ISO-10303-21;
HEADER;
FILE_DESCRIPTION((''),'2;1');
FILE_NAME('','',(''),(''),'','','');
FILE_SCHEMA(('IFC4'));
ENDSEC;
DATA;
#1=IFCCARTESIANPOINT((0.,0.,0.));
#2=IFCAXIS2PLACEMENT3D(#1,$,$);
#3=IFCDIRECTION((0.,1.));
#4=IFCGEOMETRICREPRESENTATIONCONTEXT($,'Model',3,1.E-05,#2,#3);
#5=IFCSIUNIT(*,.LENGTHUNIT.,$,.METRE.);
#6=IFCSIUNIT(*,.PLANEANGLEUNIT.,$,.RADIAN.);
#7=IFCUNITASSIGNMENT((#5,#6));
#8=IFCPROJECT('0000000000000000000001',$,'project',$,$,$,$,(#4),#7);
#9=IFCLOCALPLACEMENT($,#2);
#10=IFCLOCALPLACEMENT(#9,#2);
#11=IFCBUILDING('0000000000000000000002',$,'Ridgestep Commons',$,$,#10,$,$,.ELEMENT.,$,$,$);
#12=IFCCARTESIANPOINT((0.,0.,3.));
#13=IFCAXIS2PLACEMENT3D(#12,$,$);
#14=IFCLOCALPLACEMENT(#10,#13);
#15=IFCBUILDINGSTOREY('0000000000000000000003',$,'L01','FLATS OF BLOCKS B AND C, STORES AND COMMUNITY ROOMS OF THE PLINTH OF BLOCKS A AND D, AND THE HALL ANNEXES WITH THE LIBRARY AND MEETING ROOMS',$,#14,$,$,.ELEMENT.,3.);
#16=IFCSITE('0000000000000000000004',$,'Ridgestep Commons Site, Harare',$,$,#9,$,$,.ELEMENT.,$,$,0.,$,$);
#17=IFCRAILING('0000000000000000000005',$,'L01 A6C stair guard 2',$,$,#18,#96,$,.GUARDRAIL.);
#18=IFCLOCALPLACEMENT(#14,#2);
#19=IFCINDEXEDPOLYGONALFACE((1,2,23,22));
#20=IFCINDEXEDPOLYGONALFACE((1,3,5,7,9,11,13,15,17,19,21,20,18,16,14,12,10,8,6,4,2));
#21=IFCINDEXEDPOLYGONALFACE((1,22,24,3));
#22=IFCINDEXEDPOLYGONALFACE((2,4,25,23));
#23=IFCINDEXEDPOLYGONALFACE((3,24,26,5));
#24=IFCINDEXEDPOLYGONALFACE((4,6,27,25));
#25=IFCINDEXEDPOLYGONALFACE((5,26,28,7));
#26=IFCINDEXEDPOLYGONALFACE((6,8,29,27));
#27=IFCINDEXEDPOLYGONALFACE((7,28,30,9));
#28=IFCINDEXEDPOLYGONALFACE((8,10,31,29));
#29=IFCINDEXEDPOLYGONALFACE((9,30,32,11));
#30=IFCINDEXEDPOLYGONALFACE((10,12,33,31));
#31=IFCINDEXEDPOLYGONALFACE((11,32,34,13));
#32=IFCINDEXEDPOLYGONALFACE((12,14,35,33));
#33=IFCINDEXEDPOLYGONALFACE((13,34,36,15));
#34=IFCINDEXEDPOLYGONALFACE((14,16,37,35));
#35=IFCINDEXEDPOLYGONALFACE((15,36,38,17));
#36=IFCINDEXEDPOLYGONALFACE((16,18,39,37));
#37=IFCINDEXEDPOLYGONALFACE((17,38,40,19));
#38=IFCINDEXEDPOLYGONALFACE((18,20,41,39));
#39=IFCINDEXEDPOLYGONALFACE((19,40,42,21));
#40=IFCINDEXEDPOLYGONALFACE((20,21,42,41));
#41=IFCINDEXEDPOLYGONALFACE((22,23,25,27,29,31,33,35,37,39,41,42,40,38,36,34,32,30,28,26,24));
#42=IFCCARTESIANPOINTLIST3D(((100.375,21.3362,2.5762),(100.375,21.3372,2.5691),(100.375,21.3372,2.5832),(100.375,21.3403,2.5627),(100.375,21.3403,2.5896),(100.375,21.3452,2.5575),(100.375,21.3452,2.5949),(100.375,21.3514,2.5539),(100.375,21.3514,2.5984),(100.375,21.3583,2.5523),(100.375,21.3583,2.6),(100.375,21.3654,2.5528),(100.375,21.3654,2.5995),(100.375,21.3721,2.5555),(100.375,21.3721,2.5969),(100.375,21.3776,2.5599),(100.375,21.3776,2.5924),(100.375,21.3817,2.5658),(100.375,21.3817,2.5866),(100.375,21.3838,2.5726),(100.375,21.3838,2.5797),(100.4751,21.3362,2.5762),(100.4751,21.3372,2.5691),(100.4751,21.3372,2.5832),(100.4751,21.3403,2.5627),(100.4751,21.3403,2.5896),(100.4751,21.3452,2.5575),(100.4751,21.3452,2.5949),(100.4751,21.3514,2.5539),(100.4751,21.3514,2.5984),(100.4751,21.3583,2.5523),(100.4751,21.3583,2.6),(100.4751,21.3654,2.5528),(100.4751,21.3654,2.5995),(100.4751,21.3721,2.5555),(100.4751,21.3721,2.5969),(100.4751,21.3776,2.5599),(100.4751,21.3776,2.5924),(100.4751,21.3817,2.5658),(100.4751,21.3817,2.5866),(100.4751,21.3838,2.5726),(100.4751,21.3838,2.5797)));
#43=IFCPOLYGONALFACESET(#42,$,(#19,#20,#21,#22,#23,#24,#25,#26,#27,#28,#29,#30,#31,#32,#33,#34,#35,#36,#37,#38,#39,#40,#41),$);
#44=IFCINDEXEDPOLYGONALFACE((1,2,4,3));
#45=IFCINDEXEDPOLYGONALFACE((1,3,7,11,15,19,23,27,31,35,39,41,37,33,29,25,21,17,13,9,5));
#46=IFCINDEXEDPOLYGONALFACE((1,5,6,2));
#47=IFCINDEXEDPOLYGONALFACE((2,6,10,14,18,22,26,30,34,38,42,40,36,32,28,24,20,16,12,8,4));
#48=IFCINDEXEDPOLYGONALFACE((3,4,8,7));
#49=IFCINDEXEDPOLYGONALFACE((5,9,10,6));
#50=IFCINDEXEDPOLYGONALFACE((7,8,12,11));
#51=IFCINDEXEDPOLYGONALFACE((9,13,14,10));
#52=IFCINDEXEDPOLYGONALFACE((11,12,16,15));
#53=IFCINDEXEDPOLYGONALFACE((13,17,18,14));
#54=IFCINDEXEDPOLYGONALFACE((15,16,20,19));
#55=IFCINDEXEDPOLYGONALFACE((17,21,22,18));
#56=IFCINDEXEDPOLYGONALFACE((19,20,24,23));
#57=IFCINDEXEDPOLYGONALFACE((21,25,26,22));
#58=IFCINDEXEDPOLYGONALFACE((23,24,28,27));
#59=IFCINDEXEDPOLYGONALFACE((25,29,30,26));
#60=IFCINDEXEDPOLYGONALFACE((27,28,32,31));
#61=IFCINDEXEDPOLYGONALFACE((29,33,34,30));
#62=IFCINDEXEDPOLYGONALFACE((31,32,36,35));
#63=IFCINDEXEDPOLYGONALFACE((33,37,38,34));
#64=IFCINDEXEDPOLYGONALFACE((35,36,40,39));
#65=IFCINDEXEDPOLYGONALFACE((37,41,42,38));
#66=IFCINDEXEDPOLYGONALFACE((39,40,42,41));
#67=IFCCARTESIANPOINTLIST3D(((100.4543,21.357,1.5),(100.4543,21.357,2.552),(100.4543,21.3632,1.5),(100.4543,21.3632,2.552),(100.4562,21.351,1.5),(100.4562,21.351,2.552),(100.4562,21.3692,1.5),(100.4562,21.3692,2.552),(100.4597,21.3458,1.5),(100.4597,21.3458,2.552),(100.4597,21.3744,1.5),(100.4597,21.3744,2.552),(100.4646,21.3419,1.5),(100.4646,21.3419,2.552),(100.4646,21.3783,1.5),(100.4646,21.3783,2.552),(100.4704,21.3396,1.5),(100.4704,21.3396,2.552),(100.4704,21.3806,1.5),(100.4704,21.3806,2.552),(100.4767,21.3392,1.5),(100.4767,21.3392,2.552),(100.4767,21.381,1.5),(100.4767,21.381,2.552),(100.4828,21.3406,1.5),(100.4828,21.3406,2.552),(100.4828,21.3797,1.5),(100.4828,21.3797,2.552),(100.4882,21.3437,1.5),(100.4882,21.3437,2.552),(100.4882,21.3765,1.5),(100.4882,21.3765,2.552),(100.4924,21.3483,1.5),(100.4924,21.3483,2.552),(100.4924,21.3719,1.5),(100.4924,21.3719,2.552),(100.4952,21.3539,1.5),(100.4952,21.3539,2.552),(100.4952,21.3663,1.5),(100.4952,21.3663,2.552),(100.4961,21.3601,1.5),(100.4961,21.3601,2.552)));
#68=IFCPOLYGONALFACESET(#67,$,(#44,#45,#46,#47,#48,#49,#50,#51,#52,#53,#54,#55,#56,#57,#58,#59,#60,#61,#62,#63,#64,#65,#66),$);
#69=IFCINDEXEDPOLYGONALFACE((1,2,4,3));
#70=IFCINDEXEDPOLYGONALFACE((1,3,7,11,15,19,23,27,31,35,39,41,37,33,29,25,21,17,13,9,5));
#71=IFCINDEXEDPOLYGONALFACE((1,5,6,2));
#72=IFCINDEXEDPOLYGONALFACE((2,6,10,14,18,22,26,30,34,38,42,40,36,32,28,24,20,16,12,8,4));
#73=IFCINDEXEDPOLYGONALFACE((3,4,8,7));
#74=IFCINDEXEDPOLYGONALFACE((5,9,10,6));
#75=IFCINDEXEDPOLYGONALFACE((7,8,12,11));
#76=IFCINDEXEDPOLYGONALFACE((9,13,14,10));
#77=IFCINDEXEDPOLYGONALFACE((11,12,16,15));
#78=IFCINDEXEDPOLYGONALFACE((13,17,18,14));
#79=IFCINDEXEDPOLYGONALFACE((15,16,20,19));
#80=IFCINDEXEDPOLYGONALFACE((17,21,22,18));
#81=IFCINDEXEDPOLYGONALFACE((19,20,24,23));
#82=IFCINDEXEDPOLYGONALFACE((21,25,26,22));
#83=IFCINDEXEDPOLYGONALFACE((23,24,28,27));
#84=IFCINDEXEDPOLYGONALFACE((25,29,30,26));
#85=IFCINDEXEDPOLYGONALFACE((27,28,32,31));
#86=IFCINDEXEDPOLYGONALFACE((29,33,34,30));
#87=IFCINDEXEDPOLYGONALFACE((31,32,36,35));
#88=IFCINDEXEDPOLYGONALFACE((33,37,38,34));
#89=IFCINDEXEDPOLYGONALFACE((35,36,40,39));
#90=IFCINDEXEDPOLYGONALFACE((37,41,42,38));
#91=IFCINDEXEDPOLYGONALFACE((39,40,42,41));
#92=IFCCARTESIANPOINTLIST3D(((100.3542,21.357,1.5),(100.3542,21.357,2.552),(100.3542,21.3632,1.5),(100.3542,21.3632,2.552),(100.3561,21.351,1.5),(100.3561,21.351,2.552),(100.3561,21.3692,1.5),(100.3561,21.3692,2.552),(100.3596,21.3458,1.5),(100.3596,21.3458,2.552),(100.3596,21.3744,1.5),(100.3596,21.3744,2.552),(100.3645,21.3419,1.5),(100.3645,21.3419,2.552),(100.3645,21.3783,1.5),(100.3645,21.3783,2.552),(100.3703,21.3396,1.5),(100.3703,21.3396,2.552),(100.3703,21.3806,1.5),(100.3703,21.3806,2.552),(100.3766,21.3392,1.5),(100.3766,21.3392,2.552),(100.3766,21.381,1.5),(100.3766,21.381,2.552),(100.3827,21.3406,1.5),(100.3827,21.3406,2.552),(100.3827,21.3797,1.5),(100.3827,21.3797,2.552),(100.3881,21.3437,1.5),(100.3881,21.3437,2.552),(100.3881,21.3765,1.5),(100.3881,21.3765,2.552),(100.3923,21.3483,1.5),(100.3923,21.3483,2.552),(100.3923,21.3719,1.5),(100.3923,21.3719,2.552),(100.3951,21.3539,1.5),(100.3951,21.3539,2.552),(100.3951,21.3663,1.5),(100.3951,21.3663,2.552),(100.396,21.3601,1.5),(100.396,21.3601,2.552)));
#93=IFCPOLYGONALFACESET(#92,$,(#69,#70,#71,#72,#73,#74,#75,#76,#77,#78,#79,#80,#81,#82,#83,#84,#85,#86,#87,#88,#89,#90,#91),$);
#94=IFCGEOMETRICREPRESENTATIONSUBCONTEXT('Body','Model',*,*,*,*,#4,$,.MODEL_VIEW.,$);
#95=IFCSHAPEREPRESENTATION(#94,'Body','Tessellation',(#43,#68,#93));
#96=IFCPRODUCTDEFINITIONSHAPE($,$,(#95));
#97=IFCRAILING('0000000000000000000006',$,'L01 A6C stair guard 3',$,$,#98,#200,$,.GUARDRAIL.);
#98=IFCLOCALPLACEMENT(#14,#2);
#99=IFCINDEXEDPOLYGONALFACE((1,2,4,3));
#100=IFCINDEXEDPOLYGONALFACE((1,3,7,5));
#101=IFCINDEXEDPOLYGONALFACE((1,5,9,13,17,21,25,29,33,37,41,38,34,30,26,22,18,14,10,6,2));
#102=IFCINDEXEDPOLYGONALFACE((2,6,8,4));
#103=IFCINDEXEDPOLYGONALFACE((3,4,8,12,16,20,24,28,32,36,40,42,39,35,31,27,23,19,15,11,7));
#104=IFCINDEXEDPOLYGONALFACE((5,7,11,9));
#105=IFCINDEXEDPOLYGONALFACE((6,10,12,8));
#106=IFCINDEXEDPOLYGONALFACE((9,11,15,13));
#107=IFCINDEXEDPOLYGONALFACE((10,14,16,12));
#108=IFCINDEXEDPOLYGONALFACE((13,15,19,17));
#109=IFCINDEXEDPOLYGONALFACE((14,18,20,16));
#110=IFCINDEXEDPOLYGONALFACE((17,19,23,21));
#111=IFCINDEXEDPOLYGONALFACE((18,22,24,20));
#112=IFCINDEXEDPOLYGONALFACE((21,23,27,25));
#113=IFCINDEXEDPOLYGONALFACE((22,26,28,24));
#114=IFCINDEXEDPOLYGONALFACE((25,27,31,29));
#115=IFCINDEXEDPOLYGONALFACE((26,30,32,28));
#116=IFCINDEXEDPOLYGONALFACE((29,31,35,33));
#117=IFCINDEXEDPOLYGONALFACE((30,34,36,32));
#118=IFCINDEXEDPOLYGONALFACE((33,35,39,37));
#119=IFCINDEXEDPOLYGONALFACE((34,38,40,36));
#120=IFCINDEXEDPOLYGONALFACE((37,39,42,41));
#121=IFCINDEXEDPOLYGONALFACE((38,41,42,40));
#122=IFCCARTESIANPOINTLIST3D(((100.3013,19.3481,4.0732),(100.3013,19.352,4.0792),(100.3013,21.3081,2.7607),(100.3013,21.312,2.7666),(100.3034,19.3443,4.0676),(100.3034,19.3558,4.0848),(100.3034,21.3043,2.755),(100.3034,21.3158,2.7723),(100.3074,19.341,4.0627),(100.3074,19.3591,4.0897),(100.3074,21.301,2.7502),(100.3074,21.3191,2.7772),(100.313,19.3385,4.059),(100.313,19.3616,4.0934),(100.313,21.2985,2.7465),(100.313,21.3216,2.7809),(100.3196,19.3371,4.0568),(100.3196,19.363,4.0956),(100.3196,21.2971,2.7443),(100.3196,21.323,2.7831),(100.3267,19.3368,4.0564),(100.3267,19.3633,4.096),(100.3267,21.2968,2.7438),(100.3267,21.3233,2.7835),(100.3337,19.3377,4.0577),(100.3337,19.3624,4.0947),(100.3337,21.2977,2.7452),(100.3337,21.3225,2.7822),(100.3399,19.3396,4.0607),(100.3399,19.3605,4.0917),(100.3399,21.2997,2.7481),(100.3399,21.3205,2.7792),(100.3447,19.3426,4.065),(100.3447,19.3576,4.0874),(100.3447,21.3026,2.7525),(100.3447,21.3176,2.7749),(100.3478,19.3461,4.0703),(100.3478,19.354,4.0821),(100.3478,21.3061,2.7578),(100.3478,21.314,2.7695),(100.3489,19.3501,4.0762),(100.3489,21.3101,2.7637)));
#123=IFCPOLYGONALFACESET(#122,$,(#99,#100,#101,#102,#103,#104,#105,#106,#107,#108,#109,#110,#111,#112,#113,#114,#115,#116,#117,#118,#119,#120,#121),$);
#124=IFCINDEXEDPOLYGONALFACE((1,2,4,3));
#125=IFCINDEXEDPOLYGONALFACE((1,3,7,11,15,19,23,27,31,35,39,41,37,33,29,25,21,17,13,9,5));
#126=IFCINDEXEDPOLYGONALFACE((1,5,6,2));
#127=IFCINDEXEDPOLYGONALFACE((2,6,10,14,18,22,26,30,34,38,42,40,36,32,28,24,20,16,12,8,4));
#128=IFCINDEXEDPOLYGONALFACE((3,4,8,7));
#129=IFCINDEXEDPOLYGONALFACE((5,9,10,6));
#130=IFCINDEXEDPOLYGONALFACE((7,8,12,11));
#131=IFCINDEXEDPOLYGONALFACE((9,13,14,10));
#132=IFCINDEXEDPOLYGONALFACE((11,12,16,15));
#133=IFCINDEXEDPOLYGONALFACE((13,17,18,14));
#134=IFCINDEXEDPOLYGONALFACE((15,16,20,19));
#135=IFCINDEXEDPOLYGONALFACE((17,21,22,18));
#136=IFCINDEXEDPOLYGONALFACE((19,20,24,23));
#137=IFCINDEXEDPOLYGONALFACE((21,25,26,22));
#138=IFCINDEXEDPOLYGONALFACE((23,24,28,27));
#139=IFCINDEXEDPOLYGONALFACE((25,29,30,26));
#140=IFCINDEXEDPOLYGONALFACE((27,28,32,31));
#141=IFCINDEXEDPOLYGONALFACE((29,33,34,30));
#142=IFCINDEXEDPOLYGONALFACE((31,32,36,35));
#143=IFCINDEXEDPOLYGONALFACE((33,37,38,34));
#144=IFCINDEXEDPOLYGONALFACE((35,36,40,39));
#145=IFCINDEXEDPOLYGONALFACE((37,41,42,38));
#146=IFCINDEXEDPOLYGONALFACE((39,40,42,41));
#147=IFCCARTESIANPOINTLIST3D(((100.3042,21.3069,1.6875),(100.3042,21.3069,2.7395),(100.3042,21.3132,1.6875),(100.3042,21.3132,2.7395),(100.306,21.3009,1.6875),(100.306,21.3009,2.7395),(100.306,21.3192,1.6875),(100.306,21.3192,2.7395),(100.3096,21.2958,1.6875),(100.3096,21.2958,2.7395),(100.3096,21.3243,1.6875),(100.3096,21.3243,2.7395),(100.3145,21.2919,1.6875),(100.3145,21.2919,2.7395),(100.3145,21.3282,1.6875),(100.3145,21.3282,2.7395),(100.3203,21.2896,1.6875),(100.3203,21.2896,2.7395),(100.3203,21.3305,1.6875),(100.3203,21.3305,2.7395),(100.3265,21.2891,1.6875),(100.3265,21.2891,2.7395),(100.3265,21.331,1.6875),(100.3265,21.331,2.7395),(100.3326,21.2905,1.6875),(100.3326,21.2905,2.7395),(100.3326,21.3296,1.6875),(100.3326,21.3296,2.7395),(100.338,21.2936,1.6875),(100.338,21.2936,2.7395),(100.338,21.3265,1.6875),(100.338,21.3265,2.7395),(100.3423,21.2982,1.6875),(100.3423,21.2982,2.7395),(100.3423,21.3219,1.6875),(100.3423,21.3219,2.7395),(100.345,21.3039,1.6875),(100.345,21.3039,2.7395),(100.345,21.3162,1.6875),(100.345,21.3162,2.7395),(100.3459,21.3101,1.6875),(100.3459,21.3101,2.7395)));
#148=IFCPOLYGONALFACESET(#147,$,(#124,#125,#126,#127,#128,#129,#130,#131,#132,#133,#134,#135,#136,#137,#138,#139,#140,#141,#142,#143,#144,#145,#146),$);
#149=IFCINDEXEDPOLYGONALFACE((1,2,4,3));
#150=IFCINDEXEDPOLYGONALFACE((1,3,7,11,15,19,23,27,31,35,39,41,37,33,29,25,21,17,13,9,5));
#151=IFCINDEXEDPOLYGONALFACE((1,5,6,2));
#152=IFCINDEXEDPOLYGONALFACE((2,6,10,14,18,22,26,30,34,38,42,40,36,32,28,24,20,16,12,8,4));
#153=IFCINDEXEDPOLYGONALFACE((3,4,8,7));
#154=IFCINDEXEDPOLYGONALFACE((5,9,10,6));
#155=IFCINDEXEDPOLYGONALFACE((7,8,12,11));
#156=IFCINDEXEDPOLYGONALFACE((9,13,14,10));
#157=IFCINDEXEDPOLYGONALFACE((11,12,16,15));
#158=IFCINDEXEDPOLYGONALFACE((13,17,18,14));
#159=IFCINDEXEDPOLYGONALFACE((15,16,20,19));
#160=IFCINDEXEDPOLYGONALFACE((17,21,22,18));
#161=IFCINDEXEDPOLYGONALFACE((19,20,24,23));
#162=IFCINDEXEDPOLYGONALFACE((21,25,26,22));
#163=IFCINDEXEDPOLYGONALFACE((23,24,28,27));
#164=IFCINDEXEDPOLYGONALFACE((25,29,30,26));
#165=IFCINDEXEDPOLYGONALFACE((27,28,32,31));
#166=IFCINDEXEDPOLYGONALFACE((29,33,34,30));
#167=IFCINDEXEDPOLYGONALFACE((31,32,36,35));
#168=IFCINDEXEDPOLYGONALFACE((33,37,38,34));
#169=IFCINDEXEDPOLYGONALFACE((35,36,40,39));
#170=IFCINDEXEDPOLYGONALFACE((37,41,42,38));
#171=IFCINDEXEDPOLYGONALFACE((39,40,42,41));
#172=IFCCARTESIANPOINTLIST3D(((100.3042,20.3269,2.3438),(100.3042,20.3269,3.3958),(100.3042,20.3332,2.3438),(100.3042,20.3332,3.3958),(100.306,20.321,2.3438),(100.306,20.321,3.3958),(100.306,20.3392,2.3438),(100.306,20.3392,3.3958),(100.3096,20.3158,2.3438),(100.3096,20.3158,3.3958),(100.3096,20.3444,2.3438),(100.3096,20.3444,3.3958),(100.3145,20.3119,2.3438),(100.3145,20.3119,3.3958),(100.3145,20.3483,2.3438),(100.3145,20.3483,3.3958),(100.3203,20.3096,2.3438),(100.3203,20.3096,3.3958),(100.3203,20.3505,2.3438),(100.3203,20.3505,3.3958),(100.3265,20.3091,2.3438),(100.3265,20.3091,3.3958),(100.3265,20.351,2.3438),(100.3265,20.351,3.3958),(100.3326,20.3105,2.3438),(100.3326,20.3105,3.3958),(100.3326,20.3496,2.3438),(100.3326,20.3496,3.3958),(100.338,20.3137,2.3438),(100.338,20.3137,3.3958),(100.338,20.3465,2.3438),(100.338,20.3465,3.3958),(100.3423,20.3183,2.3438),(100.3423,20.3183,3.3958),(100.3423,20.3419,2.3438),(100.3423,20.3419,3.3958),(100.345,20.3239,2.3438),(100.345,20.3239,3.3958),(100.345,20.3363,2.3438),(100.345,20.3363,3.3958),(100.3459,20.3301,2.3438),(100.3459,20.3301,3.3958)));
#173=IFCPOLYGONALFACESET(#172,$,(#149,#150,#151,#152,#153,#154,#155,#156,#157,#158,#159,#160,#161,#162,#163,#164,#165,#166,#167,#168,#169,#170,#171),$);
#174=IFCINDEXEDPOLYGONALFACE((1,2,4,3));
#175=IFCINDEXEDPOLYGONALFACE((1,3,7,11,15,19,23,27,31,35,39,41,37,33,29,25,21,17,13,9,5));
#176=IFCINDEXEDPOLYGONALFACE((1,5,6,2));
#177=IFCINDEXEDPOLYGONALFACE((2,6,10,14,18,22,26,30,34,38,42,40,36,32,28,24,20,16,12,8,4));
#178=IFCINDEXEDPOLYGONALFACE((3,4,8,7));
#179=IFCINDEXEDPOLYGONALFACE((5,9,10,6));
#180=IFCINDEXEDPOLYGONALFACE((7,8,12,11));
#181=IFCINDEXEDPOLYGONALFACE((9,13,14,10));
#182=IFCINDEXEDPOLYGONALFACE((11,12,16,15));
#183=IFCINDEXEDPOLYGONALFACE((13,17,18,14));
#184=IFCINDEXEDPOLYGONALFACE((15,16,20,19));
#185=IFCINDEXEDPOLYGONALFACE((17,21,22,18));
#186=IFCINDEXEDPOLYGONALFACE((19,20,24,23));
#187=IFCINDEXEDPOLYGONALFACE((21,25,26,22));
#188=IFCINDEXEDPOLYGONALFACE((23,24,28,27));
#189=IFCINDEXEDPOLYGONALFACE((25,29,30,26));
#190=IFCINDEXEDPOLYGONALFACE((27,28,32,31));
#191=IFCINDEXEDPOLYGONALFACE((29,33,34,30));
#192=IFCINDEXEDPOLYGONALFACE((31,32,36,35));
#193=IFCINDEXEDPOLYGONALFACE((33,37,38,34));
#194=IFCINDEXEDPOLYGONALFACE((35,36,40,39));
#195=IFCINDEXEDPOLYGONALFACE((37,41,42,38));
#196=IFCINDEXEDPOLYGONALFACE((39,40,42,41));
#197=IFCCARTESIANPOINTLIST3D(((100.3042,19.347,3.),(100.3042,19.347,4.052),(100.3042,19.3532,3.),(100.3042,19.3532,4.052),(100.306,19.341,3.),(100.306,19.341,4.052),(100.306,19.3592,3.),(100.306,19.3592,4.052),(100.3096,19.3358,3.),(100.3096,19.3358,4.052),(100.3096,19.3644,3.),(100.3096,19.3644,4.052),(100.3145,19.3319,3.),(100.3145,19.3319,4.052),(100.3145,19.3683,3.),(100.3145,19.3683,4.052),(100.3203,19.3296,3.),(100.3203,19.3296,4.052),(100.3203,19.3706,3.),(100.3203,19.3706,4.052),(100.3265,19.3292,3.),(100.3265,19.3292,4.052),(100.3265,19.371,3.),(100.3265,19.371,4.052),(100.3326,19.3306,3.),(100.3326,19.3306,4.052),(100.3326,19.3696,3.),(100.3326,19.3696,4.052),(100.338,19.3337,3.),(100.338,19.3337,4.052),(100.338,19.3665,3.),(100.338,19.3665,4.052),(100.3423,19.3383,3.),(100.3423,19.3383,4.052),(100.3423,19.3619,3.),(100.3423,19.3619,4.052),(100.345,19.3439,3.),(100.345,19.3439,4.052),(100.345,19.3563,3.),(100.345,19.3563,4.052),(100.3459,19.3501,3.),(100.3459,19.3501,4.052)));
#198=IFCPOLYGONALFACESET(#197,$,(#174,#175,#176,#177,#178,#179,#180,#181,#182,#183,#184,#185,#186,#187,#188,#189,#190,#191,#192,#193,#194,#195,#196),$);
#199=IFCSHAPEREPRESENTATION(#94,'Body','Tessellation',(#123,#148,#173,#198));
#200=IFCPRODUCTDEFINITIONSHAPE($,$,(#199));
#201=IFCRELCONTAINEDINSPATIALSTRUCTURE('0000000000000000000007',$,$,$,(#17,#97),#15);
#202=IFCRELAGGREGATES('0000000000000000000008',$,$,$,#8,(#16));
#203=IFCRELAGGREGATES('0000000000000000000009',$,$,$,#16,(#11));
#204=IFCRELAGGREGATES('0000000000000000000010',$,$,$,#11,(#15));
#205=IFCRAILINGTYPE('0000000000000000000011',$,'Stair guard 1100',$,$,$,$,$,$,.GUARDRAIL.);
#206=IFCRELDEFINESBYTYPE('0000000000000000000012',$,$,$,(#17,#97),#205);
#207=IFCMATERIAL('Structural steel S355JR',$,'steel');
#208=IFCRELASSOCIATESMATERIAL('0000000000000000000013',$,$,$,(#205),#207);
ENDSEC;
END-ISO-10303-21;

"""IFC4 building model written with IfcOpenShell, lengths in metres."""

from ifc_helpers import new_model, si_unit, direction, frame, origin, origin_2d, place, context, subcontext, project, spatial, circle, extrude, material, type_object, element, save


model = new_model("IFC4")

# Units and contexts
model_context = context("Model", 3, precision=1e-05, world=origin(), true_north=direction((0.0, 1.0)))
body_context = subcontext(model_context, "Body", "Model", "MODEL_VIEW")
ifc_project = project(units=[si_unit("LENGTHUNIT", "METRE"), si_unit("PLANEANGLEUNIT", "RADIAN")], contexts=[model_context])

# Site, building, storey
site_placement = place(None, origin())
site = spatial("IfcSite", under=ifc_project, at=site_placement, Name="Ridgestep Commons Site, Harare", CompositionType="ELEMENT", RefElevation=0.0)
building_placement = place(site_placement, origin())
building = spatial("IfcBuilding", under=site, at=building_placement, Name="Ridgestep Commons", CompositionType="ELEMENT")
storey_placement = place(building_placement, frame((0.0, 0.0, 3.0)))
storey = spatial("IfcBuildingStorey", under=building, at=storey_placement, Name="L01", Description="FLATS OF BLOCKS B AND C, STORES AND COMMUNITY ROOMS OF THE PLINTH OF BLOCKS A AND D, AND THE HALL ANNEXES WITH THE LIBRARY AND MEETING ROOMS", CompositionType="ELEMENT", Elevation=3.0)

# Railings
ifc_material_1 = material(Name="Structural steel S355JR", Category="steel")
railing_type = type_object("IfcRailingType", Name="Stair guard 1100", PredefinedType="GUARDRAIL", material=ifc_material_1)
for number, where, name in (
    (1, (100.4751, 21.3601, 1.5), "L01 A6C stair guard 2"),
):
    element("IfcRailing", number, at=place(storey_placement, frame(where)), inside=storey, type_object=railing_type, Name=name, PredefinedType="GUARDRAIL", context=body_context, shape_type="SweptSolid", body=[
        extrude(circle(Radius=0.0239, at=origin_2d()), frame((0.0, 0.0, 1.0762), z_axis=(-1.0, 0.0, 0.0), x_axis=(0.0, -1.0, 0.0)), (0.0, 0.0, 1.0), 0.1001),
        extrude(circle(Radius=0.021, at=origin_2d()), origin(), (0.0, 0.0, 1.0), 1.052),
        extrude(circle(Radius=0.021, at=origin_2d()), frame((-0.1001, 0.0, 0.0)), (0.0, 0.0, 1.0), 1.052),
    ])
railing_placement = place(storey_placement, frame((100.325, 21.3101, 1.6875)))
element("IfcRailing", 2, at=railing_placement, inside=storey, type_object=railing_type, Name="L01 A6C stair guard 3", PredefinedType="GUARDRAIL", context=body_context, shape_type="SweptSolid", body=[
    extrude(circle(Radius=0.0239, at=origin_2d()), frame((0.0, 0.0, 1.0762), z_axis=(0.0, -0.830902, 0.556419), x_axis=(1.0, 0.0, 0.0)), (0.0, 0.0, 1.0), 2.3589),
    extrude(circle(Radius=0.021, at=origin_2d()), origin(), (0.0, 0.0, 1.0), 1.052),
    extrude(circle(Radius=0.021, at=origin_2d()), frame((0.0, -0.98, 0.6562)), (0.0, 0.0, 1.0), 1.052),
    extrude(circle(Radius=0.021, at=origin_2d()), frame((0.0, -1.96, 1.3125)), (0.0, 0.0, 1.0), 1.052),
])

save(model, "model.ifc")
